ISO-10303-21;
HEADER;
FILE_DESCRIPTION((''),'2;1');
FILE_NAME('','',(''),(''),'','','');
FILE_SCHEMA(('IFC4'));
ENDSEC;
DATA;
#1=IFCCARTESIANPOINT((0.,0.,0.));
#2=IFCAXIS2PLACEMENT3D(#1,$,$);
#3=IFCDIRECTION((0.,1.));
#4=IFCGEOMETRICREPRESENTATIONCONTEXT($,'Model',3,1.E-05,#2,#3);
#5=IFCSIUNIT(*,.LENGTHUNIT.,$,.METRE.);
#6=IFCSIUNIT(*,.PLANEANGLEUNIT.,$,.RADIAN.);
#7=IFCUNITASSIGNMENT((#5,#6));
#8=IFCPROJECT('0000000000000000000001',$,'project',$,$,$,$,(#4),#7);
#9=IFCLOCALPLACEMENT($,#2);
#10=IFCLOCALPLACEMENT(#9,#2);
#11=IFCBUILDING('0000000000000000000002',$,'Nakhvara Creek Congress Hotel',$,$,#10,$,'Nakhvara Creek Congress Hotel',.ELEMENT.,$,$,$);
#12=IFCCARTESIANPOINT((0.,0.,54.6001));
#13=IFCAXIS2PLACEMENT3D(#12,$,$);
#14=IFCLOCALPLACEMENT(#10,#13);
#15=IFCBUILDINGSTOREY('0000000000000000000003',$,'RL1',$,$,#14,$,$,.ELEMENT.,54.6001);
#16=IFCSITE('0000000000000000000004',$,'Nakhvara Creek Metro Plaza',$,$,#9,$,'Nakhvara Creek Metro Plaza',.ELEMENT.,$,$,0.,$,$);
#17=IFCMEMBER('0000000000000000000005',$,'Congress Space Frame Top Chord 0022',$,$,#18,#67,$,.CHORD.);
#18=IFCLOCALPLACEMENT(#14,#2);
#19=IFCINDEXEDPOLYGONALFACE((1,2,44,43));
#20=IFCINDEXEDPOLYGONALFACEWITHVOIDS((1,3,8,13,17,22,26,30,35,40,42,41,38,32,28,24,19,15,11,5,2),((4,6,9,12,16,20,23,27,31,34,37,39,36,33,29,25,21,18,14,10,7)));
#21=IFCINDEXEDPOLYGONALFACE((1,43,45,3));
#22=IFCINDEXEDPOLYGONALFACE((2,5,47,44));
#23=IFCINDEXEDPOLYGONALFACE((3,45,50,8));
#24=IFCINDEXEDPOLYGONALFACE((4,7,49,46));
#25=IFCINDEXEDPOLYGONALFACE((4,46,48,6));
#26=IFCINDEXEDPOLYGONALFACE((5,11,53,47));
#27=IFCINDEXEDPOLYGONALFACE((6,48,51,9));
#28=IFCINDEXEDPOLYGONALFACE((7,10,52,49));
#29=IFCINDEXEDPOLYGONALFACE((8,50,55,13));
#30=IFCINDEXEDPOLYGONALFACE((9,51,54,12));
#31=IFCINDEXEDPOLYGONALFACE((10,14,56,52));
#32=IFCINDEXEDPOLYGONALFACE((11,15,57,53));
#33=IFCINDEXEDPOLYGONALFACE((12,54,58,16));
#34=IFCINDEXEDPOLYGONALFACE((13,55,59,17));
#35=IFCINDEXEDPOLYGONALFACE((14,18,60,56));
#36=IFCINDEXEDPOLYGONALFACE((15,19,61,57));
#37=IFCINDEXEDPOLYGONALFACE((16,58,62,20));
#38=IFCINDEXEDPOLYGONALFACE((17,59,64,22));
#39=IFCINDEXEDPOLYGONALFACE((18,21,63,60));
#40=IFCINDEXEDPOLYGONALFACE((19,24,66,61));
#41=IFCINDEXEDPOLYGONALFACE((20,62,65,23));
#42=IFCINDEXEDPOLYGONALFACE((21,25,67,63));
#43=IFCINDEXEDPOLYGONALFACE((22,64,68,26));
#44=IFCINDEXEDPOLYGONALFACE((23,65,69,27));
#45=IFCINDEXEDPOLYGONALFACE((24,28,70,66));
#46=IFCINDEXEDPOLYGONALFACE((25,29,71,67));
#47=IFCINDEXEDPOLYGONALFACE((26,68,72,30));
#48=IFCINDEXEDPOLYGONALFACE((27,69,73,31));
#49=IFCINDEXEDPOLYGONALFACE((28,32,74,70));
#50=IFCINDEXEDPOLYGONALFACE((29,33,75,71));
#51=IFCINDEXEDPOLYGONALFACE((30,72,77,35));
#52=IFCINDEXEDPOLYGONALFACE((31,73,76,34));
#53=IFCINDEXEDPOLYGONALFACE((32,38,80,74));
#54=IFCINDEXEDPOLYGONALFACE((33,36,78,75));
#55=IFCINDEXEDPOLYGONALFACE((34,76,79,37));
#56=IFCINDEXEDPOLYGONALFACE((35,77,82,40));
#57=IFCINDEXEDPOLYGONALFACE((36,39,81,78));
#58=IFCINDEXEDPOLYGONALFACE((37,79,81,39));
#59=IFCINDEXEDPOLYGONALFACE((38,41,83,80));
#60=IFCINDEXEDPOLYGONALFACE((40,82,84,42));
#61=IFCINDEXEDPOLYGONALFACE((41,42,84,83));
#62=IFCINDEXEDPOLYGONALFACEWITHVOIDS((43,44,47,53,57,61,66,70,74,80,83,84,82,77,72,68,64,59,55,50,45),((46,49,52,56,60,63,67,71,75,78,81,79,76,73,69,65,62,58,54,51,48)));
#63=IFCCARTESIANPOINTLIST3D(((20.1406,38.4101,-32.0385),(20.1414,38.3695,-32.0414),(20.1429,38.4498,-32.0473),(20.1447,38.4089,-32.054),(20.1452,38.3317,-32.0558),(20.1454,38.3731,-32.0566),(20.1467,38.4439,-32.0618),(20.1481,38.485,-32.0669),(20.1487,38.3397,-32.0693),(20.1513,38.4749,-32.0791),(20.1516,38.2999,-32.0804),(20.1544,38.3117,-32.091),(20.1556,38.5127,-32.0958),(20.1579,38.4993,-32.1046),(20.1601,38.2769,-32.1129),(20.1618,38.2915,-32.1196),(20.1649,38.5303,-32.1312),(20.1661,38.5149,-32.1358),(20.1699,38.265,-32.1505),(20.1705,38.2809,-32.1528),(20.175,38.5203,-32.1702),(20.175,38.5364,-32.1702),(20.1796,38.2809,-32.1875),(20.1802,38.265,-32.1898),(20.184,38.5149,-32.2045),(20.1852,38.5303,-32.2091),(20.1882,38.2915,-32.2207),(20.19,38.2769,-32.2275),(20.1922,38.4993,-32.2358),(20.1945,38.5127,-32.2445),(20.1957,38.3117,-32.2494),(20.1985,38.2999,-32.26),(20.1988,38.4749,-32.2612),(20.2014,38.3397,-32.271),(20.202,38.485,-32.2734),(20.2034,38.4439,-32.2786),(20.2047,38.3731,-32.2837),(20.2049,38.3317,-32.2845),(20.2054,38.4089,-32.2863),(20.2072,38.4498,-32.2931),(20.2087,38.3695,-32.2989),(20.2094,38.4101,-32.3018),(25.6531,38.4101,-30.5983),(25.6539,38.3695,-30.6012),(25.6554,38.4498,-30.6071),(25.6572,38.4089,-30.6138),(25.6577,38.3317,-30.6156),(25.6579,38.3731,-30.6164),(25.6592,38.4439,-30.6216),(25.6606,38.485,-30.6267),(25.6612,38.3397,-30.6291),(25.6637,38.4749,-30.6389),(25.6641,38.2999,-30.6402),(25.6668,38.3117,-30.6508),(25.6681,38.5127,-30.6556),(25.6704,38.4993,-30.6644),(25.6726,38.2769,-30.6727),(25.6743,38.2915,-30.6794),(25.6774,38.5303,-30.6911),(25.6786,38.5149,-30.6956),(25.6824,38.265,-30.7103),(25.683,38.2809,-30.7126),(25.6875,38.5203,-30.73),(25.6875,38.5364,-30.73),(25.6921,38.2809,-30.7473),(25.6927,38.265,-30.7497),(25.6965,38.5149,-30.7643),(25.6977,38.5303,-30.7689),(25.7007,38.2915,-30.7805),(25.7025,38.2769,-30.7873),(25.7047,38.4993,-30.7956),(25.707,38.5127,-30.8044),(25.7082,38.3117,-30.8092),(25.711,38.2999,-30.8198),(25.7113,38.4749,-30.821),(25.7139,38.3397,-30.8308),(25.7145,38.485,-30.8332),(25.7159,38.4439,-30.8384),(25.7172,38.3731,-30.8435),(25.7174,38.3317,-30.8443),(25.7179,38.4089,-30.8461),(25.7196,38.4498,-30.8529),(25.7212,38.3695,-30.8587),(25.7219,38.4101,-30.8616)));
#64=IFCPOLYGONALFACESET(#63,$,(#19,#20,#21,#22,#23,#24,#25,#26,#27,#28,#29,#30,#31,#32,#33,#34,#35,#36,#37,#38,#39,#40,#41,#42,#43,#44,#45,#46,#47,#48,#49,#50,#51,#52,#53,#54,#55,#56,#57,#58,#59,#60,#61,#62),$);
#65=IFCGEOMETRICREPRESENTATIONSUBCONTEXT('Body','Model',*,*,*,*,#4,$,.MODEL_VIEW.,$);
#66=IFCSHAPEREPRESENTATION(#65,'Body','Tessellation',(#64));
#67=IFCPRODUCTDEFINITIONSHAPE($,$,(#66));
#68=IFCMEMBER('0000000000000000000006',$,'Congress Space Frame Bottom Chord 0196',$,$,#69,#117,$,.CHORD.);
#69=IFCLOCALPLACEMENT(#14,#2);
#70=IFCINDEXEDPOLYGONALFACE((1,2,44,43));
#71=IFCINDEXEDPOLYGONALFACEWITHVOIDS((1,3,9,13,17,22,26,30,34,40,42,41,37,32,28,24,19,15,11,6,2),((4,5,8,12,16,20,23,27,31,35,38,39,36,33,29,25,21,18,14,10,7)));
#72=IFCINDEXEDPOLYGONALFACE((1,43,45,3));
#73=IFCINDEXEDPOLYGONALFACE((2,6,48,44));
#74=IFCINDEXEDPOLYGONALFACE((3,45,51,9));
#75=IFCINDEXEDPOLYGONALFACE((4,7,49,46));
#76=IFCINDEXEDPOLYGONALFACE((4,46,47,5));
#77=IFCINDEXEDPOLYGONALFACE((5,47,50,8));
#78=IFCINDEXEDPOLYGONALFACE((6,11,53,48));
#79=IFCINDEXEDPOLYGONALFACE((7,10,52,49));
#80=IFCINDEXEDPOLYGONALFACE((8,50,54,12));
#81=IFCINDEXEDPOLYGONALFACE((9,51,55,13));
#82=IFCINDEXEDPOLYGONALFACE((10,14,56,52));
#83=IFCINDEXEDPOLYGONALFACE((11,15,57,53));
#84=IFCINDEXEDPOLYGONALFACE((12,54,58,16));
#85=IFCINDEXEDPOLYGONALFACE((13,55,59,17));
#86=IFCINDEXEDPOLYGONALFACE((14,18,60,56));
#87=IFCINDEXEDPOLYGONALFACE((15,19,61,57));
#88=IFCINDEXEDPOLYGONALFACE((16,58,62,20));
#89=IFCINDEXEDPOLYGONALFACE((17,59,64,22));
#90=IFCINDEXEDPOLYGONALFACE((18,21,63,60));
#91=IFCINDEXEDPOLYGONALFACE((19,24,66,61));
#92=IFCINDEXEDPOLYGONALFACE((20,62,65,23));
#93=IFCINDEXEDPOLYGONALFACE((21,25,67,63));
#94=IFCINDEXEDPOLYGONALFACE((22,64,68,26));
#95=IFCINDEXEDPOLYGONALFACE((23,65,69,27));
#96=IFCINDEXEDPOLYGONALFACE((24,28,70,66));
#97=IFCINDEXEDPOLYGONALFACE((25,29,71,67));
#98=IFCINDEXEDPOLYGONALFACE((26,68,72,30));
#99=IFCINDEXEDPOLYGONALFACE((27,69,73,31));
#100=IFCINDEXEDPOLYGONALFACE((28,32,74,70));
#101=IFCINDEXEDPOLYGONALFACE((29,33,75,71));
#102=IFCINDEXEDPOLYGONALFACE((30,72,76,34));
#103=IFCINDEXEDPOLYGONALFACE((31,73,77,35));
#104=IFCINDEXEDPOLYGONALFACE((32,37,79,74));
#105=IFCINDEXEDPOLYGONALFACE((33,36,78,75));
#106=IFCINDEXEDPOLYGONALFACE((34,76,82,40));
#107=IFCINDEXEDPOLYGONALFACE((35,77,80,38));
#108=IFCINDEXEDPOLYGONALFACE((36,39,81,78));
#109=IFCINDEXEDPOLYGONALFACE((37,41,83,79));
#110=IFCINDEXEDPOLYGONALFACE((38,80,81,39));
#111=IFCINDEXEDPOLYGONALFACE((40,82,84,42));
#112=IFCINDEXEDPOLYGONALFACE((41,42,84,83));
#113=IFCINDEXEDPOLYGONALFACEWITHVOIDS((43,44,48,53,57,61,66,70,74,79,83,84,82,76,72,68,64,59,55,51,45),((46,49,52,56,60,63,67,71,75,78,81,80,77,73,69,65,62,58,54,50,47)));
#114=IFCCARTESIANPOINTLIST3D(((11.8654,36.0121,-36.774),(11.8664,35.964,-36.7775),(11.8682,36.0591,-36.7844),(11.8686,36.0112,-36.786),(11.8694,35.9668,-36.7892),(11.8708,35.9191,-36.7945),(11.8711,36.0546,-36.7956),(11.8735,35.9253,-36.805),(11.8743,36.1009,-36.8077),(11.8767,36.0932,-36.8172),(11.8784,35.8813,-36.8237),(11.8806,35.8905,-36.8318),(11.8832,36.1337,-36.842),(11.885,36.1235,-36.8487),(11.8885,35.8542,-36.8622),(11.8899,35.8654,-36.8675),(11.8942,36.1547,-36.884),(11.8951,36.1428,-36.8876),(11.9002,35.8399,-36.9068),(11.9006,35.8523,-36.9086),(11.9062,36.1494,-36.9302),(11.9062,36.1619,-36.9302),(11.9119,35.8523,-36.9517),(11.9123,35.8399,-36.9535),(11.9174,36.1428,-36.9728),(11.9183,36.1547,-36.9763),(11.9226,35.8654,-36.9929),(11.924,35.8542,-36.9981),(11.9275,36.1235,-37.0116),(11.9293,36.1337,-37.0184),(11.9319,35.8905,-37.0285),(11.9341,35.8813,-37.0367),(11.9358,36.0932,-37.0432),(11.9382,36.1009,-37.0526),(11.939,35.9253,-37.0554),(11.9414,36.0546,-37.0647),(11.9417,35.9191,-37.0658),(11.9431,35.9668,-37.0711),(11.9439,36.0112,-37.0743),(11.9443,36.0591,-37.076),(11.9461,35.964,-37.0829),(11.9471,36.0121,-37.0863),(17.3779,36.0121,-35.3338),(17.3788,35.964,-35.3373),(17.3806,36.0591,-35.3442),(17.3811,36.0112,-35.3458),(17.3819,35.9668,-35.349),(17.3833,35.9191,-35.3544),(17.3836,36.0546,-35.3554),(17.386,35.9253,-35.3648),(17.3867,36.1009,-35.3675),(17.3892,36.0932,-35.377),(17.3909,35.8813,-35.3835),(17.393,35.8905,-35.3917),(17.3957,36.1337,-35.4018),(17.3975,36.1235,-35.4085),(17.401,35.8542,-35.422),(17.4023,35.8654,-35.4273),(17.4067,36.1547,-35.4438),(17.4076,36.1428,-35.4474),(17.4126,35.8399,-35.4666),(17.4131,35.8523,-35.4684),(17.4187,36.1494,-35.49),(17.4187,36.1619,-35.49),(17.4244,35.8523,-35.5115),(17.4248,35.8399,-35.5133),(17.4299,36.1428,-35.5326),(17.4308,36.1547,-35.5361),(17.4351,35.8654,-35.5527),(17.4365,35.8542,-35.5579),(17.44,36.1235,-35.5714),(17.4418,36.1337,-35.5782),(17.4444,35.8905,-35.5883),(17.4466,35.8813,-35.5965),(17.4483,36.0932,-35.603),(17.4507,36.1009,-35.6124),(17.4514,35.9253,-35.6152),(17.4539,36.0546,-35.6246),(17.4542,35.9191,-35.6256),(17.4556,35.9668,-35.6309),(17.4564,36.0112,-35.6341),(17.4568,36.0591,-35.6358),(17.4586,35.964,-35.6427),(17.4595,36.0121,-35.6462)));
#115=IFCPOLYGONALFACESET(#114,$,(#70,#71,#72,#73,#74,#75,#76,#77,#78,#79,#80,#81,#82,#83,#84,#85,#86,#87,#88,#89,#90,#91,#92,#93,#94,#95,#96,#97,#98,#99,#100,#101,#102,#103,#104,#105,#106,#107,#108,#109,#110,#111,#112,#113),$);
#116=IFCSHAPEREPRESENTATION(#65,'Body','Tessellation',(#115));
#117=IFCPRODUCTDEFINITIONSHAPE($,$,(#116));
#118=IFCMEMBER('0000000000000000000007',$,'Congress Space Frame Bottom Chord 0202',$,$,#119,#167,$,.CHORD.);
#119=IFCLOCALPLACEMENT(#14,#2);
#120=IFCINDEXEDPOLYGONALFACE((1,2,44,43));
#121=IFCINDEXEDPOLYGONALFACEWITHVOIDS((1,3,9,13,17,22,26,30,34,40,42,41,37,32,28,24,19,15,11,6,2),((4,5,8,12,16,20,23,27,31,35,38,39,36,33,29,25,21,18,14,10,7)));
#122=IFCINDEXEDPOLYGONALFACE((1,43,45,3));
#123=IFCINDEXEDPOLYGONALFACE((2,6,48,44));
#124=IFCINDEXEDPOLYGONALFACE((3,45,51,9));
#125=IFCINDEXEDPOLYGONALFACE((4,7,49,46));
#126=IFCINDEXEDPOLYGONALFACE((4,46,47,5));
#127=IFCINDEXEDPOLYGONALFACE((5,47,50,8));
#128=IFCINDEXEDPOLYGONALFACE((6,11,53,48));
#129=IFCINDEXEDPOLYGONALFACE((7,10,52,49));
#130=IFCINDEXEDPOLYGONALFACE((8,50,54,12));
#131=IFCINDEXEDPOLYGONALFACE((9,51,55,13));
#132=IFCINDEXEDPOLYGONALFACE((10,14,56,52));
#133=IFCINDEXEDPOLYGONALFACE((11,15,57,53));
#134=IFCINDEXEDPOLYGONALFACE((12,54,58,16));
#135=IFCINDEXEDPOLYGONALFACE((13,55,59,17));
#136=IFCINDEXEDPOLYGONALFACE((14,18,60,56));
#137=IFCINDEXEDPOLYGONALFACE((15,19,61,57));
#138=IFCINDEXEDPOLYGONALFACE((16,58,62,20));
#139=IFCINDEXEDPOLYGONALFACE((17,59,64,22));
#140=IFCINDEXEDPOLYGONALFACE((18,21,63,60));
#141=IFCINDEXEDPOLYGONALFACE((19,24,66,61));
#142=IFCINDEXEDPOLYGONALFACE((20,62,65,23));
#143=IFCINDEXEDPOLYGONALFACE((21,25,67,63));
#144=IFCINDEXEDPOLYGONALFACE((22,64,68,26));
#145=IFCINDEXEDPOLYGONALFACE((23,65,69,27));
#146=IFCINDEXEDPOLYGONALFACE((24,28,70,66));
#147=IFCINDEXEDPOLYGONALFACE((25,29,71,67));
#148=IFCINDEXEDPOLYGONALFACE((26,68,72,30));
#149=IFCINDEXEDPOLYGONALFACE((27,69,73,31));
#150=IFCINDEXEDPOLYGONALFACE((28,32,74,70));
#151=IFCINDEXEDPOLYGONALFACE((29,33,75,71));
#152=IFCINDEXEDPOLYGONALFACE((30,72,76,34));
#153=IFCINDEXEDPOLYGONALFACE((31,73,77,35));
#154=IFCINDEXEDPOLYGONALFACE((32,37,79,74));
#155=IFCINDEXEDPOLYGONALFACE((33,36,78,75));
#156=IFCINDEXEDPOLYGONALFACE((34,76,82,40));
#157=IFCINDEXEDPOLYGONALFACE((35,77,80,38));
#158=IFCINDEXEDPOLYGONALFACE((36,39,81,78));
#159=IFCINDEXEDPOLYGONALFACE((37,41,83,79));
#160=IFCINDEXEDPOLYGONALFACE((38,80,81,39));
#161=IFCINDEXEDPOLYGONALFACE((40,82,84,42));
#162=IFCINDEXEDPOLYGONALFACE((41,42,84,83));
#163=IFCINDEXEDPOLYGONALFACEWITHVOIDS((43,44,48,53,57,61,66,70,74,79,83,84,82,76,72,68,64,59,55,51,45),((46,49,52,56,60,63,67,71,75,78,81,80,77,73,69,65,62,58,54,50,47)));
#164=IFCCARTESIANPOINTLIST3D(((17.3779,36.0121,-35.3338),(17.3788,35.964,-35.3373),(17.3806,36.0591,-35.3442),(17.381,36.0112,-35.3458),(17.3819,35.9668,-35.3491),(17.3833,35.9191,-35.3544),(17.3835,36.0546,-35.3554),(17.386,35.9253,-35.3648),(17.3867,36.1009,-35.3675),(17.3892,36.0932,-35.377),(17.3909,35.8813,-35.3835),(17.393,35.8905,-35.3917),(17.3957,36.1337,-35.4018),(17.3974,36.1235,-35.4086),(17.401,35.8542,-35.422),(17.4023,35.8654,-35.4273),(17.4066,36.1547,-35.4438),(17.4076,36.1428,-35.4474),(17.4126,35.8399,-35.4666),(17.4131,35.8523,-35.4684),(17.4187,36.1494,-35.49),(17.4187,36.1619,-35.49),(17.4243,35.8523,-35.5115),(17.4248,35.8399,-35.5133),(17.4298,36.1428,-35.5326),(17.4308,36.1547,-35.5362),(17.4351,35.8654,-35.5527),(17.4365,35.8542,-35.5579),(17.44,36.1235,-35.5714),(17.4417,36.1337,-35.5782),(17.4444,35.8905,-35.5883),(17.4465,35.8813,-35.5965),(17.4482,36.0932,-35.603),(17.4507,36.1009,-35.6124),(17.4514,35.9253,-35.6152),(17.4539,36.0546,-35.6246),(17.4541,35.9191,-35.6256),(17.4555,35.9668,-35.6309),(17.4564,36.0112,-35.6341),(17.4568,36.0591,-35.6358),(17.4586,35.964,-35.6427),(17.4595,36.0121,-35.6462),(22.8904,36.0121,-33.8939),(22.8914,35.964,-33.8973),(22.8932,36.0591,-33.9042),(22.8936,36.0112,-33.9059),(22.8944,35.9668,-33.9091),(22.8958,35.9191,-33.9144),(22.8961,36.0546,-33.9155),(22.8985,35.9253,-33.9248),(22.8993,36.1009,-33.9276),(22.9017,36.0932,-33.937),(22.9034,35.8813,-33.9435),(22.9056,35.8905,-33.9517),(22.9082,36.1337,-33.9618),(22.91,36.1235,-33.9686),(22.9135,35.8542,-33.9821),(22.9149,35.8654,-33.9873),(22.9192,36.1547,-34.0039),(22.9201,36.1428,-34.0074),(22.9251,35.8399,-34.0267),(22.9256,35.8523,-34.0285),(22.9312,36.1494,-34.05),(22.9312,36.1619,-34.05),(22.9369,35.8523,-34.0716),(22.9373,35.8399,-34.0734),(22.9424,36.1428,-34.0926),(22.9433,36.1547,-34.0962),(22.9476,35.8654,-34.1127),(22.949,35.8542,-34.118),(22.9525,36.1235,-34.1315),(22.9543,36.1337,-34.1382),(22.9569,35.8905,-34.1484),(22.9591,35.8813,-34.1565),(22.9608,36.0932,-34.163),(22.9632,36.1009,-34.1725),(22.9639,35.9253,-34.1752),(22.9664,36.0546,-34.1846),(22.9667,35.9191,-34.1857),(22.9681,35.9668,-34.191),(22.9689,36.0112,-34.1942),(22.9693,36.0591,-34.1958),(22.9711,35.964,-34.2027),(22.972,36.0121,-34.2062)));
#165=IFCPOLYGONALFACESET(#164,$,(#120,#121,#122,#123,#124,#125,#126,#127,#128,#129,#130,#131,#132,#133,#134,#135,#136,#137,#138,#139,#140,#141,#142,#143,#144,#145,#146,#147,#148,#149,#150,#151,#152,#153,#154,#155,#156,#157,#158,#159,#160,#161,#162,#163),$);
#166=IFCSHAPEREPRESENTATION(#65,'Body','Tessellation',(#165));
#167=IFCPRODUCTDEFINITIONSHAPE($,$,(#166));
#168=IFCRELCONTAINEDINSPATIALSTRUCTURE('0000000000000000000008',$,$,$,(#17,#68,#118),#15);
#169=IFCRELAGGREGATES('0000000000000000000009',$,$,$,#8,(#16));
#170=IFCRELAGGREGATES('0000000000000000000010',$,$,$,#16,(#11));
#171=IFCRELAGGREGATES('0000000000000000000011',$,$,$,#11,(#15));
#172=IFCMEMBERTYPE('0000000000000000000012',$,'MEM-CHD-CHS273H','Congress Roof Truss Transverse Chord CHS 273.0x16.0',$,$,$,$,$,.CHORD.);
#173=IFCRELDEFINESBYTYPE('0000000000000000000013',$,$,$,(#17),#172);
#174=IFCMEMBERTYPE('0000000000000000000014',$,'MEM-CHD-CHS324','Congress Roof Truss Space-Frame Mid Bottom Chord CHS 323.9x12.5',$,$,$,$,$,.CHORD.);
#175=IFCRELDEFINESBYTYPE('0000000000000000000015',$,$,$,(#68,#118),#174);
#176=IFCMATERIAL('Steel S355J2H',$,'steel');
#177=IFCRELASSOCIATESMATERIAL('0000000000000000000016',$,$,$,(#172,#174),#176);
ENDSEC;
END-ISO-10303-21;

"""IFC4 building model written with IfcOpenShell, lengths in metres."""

from ifc_helpers import new_model, si_unit, direction, frame, origin, origin_2d, place, context, subcontext, project, spatial, hollow_circle, extrude, material, material_profile, profile_set, type_object, element, save


model = new_model("IFC4")

# Units and contexts
model_context = context("Model", 3, precision=1e-05, world=origin(), true_north=direction((0.0, 1.0)))
body_context = subcontext(model_context, "Body", "Model", "MODEL_VIEW")
ifc_project = project(units=[si_unit("LENGTHUNIT", "METRE"), si_unit("PLANEANGLEUNIT", "RADIAN")], contexts=[model_context])

# Site, building, storey
site_placement = place(None, origin())
site = spatial("IfcSite", under=ifc_project, at=site_placement, Name="Nakhvara Creek Metro Plaza", LongName="Nakhvara Creek Metro Plaza", CompositionType="ELEMENT", RefElevation=0.0)
building_placement = place(site_placement, origin())
building = spatial("IfcBuilding", under=site, at=building_placement, Name="Nakhvara Creek Congress Hotel", LongName="Nakhvara Creek Congress Hotel", CompositionType="ELEMENT")
storey_placement = place(building_placement, frame((0.0, 0.0, 54.6001)))
storey = spatial("IfcBuildingStorey", under=building, at=storey_placement, Name="RL1", CompositionType="ELEMENT", Elevation=54.6001)

# Members
ifc_material_1 = material(Name="Steel S355J2H", Category="steel")
ifc_material_profile_1 = material_profile(ifc_material_1, hollow_circle(Radius=0.1365, WallThickness=0.0161, at=origin_2d()), Name="CHS 273.0x16.0", Category="LoadBearing")
ifc_profile_set_1 = profile_set([ifc_material_profile_1], Name="Steel S355J2H")
member_type_1 = type_object("IfcMemberType", Name="MEM-CHD-CHS273H", Description="Congress Roof Truss Transverse Chord CHS 273.0x16.0", PredefinedType="CHORD", material=ifc_profile_set_1)
for number, where, z_axis, x_axis, name in (
    (1, (20.175, 38.3999, -32.1702), (0.967525, 0.0, 0.252776), (0.0, 1.0, 0.0), "Congress Space Frame Top Chord 0022"),
):
    element("IfcMember", number, at=place(storey_placement, frame(where, z_axis=z_axis, x_axis=x_axis)), inside=storey, type_object=member_type_1, Name=name, PredefinedType="CHORD", context=body_context, shape_type="SweptSolid", body=[
        extrude(hollow_circle(Radius=0.1365, WallThickness=0.0161, at=origin_2d()), origin(), (0.0, 0.0, 1.0), 5.6975),
    ])
ifc_material_profile_2 = material_profile(ifc_material_1, hollow_circle(Radius=0.1619, WallThickness=0.0125, at=origin_2d()), Name="CHS 323.9x12.5", Category="LoadBearing")
ifc_profile_set_2 = profile_set([ifc_material_profile_2], Name="Steel S355J2H")
member_type_2 = type_object("IfcMemberType", Name="MEM-CHD-CHS324", Description="Congress Roof Truss Space-Frame Mid Bottom Chord CHS 323.9x12.5", PredefinedType="CHORD", material=ifc_profile_set_2)
for number, where, z_axis, x_axis, name in (
    (2, (11.9062, 36.0, -36.9302), (0.967525, 0.0, 0.252776), (0.0, 1.0, 0.0), "Congress Space Frame Bottom Chord 0196"),
    (3, (17.4187, 36.0, -35.49), (0.967535, 0.0, 0.252736), (0.0, 1.0, 0.0), "Congress Space Frame Bottom Chord 0202"),
):
    element("IfcMember", number, at=place(storey_placement, frame(where, z_axis=z_axis, x_axis=x_axis)), inside=storey, type_object=member_type_2, Name=name, PredefinedType="CHORD", context=body_context, shape_type="SweptSolid", body=[
        extrude(hollow_circle(Radius=0.1619, WallThickness=0.0125, at=origin_2d()), origin(), (0.0, 0.0, 1.0), 5.6975),
    ])

save(model, "model.ifc")
